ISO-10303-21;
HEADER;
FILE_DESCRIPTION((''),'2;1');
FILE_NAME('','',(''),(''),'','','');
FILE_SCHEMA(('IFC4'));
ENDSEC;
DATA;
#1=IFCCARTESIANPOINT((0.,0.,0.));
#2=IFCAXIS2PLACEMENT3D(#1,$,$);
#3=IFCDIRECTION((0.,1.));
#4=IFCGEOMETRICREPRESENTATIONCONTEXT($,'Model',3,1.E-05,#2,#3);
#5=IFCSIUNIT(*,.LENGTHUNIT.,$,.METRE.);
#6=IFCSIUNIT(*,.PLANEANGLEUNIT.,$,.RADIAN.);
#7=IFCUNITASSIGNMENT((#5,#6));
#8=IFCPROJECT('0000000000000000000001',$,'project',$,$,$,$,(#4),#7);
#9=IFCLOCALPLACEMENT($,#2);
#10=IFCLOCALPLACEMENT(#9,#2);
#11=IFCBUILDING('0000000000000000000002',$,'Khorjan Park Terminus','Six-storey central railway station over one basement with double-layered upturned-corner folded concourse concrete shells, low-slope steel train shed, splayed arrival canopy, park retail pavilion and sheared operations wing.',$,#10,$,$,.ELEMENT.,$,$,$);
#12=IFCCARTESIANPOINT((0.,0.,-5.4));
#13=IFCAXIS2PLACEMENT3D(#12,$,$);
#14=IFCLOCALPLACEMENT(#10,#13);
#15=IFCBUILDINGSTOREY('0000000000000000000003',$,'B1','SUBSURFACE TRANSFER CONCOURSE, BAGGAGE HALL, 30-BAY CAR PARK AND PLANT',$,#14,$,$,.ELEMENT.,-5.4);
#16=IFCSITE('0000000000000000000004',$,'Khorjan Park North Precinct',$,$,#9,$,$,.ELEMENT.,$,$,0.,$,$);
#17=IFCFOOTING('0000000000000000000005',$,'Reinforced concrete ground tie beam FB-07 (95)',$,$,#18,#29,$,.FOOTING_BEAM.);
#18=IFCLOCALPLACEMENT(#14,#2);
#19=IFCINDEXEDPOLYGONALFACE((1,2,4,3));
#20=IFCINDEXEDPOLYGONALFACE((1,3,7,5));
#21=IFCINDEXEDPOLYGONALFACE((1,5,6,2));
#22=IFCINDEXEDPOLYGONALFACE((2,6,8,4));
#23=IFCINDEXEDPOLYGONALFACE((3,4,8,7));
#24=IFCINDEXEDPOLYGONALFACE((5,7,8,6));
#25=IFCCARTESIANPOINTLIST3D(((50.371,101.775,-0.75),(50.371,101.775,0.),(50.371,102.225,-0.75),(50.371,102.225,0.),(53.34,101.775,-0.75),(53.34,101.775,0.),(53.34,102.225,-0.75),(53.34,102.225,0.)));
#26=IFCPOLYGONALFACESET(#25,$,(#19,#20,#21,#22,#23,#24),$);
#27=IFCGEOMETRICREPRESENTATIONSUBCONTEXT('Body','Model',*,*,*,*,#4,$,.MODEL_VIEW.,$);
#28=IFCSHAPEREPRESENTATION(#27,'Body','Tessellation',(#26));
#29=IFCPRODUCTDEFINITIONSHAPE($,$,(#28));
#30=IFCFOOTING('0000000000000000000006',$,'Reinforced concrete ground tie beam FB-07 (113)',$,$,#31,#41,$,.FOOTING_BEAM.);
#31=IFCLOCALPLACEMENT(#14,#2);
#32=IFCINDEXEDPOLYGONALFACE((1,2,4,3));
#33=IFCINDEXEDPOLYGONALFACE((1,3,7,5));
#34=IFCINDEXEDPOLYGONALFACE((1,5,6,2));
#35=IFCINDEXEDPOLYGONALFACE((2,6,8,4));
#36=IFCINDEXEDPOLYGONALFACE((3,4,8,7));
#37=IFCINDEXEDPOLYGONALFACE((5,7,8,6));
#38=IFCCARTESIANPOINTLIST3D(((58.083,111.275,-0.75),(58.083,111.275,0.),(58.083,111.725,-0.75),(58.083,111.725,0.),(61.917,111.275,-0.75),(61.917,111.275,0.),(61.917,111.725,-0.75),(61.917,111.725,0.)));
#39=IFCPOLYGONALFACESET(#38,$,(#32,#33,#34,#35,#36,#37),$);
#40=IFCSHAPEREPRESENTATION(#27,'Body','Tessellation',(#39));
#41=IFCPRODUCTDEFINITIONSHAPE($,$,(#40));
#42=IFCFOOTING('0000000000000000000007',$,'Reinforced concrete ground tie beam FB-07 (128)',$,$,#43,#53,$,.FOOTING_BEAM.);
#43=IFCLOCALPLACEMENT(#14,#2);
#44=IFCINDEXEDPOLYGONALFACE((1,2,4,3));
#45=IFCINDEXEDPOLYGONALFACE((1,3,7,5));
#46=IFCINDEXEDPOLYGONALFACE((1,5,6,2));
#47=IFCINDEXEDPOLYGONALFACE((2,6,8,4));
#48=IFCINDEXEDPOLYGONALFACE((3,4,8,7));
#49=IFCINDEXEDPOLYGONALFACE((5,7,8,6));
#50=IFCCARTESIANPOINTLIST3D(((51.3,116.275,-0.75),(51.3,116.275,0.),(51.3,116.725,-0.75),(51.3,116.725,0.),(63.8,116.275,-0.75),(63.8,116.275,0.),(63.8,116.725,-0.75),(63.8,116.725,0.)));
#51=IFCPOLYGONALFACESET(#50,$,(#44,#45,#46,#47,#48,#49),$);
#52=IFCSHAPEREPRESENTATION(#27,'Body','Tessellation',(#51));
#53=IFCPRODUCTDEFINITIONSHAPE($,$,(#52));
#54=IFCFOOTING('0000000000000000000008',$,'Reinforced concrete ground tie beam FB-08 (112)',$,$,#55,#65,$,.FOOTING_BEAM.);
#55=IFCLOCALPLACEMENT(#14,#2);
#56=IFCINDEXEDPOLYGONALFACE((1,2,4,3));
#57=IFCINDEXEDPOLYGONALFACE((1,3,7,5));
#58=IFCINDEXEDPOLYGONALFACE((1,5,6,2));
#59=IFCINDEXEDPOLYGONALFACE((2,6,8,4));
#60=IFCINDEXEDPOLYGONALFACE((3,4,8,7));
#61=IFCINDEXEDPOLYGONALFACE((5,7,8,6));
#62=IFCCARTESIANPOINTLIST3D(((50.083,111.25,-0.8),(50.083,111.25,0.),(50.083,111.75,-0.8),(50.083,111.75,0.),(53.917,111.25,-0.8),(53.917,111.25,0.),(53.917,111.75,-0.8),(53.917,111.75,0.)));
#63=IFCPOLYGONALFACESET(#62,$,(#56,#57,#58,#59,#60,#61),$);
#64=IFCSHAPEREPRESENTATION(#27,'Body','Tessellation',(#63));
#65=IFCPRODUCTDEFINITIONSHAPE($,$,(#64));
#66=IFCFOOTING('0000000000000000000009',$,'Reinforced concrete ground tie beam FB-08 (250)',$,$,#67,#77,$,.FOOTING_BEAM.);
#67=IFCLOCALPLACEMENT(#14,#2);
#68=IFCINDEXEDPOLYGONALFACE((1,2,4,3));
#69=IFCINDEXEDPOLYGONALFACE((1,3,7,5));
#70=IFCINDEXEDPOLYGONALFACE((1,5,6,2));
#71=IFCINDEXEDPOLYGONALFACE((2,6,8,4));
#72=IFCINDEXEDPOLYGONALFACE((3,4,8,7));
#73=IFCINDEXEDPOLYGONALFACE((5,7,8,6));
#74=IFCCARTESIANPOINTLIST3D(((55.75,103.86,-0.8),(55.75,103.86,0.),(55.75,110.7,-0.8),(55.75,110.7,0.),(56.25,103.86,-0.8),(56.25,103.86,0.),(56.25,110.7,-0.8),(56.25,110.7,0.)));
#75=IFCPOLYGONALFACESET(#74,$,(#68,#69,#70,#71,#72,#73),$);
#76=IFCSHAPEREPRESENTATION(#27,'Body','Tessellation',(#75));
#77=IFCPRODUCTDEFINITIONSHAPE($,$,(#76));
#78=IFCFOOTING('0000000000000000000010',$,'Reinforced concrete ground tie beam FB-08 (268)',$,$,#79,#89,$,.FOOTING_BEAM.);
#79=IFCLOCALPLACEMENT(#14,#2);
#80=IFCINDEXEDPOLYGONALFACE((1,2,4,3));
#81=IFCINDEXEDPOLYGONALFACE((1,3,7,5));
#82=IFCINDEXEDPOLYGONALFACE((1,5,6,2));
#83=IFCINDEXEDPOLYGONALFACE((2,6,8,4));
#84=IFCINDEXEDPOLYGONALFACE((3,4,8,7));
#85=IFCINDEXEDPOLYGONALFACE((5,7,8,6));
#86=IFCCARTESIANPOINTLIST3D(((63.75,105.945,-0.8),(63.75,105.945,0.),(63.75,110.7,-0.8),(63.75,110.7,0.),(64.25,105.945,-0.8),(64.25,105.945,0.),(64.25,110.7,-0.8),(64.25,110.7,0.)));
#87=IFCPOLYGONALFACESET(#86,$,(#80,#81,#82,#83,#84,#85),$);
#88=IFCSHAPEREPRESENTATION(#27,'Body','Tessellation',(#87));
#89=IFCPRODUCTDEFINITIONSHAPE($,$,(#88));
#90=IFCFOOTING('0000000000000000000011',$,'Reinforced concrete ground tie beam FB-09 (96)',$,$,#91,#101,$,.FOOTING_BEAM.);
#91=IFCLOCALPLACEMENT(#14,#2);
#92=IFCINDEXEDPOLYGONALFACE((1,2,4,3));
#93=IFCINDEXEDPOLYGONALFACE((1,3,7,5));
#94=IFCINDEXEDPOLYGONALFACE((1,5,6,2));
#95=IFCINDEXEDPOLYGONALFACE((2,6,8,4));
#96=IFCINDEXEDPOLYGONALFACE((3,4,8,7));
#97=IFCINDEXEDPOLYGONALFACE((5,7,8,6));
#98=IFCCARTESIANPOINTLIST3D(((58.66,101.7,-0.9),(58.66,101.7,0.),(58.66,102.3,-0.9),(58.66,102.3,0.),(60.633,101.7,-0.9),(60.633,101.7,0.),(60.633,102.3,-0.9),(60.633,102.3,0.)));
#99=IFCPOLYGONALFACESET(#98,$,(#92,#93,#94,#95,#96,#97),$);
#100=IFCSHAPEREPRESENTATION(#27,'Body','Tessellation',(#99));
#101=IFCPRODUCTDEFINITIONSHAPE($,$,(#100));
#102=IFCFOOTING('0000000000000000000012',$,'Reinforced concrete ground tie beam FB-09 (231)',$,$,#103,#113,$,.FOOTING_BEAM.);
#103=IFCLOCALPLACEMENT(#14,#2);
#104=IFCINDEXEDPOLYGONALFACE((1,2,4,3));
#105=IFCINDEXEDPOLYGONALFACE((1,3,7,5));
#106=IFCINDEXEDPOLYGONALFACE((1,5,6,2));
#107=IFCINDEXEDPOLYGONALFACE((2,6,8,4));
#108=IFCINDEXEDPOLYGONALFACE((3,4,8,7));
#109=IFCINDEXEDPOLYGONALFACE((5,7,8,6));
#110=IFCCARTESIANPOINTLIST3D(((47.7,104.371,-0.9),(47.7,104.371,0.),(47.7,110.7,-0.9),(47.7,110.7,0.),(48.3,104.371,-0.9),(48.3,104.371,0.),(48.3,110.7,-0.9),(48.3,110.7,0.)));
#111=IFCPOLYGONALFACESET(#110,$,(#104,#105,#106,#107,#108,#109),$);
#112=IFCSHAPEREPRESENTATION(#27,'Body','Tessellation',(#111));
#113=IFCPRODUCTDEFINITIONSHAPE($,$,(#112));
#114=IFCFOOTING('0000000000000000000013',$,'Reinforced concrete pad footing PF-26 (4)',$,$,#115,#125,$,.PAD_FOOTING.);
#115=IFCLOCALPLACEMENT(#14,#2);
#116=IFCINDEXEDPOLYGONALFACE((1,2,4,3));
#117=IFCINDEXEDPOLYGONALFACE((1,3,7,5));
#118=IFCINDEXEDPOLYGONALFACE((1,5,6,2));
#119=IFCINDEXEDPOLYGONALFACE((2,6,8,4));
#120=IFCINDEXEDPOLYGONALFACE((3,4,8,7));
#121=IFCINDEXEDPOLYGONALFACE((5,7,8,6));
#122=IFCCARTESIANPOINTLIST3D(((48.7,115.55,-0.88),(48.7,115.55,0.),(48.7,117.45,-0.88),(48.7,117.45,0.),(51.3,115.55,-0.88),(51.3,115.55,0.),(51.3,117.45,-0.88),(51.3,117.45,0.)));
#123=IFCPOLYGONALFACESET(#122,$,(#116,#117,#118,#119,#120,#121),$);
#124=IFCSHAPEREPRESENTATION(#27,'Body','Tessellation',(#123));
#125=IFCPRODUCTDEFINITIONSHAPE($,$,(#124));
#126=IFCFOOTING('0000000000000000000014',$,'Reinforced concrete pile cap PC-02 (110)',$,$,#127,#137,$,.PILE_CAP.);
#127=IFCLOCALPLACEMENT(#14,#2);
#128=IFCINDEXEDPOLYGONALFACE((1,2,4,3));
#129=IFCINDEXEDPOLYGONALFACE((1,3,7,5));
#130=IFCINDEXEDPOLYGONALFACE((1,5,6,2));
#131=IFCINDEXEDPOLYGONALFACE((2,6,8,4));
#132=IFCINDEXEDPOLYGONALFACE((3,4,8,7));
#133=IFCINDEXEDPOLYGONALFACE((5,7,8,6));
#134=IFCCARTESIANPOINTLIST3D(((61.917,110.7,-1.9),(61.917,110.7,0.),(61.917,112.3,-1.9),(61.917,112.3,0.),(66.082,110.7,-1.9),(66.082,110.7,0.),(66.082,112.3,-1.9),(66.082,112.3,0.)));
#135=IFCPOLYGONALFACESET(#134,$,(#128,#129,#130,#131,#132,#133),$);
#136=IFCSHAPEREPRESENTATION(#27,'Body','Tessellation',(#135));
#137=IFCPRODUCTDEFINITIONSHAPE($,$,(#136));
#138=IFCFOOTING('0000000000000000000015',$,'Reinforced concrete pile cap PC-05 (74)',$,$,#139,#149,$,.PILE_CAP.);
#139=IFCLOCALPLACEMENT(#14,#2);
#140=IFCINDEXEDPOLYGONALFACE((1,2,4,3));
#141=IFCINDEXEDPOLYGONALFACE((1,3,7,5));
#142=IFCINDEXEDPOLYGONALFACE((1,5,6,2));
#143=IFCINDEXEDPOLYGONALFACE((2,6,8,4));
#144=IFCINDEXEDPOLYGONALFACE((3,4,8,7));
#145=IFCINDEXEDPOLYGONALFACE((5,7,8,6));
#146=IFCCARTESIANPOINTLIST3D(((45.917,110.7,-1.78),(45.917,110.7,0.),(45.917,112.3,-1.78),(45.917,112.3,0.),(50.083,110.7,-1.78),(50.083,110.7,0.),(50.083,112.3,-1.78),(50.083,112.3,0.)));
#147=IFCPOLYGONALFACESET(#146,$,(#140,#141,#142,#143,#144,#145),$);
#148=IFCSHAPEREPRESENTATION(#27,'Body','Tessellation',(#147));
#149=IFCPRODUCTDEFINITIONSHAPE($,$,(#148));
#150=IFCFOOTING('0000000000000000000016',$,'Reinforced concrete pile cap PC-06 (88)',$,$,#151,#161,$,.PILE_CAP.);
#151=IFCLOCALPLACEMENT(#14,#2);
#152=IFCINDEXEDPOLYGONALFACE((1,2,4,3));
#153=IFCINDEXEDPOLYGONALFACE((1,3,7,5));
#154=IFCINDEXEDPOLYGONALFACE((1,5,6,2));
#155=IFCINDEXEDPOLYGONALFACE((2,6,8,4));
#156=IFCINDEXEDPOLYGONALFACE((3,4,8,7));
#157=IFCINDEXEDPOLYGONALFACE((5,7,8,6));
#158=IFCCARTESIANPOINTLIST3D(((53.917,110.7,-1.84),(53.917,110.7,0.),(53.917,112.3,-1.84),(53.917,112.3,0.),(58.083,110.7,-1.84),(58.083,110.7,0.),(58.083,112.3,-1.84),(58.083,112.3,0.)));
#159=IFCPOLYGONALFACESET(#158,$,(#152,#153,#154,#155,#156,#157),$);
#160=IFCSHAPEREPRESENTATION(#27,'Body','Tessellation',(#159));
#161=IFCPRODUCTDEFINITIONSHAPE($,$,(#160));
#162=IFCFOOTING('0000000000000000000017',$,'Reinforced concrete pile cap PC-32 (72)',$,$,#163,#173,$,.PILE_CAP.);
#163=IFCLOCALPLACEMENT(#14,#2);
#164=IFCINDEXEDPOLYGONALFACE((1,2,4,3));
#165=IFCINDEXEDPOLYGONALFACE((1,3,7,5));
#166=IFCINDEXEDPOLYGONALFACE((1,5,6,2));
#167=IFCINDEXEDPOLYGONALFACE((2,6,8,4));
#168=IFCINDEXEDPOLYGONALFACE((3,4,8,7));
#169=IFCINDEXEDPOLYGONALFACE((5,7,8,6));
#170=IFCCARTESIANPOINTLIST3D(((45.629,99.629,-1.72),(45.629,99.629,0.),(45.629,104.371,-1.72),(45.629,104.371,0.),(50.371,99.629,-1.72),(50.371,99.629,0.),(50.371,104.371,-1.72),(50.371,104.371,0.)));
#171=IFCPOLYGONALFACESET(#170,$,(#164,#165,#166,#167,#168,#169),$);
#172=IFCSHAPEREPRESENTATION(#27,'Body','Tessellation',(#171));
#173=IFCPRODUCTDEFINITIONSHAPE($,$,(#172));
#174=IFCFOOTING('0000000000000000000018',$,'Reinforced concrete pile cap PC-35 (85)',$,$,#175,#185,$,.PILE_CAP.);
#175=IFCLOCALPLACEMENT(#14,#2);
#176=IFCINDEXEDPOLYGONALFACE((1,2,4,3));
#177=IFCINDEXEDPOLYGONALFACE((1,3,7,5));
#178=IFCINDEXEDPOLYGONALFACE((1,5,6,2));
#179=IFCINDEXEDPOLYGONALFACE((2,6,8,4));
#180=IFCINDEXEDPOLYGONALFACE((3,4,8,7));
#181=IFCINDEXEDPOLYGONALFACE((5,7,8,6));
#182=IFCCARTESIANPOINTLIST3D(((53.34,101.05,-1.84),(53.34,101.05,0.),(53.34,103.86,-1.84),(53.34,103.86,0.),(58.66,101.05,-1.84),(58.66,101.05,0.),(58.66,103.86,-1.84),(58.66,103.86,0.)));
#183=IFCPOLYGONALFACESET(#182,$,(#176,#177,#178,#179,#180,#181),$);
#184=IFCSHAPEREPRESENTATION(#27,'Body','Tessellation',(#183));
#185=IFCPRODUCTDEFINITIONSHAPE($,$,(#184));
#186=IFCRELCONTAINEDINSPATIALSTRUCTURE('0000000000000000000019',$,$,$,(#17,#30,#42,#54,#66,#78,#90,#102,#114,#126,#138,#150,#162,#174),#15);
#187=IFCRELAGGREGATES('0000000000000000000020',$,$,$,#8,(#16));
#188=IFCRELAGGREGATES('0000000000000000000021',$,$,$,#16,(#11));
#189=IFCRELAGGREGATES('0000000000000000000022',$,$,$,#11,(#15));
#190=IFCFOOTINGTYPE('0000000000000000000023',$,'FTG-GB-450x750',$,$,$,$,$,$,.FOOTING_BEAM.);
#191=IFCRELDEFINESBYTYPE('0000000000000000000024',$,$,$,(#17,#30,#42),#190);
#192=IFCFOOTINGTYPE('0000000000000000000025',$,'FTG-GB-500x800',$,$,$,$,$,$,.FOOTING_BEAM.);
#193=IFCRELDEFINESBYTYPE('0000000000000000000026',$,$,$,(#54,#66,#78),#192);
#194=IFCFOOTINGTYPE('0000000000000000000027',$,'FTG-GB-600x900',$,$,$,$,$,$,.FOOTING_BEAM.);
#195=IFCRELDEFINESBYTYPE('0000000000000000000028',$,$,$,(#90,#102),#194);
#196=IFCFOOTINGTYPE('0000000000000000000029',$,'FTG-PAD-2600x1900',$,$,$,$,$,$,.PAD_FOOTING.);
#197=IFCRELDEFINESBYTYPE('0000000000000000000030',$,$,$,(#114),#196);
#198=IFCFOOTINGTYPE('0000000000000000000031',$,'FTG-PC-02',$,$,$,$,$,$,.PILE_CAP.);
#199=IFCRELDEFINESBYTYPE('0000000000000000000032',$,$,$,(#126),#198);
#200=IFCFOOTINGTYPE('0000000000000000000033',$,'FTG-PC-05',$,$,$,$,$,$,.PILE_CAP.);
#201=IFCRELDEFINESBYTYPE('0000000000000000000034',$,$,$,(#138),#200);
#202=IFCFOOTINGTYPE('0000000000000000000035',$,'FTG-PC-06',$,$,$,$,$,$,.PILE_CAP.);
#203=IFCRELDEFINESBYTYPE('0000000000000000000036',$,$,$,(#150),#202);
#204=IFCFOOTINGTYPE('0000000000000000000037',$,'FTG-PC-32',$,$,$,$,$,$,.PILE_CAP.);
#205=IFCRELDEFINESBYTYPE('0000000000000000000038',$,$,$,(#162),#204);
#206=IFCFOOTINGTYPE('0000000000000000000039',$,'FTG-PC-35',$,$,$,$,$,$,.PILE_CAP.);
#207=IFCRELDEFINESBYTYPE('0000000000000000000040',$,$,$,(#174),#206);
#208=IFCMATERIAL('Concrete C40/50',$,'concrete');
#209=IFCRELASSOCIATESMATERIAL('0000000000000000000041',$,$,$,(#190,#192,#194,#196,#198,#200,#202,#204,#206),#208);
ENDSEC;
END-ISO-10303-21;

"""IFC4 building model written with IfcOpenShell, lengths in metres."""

from ifc_helpers import new_model, si_unit, direction, frame, origin, origin_2d, place, context, subcontext, project, spatial, rectangle, extrude, material, material_profile, profile_set, type_object, element, save


model = new_model("IFC4")

# Units and contexts
model_context = context("Model", 3, precision=1e-05, world=origin(), true_north=direction((0.0, 1.0)))
body_context = subcontext(model_context, "Body", "Model", "MODEL_VIEW")
ifc_project = project(units=[si_unit("LENGTHUNIT", "METRE"), si_unit("PLANEANGLEUNIT", "RADIAN")], contexts=[model_context])

# Site, building, storey
site_placement = place(None, origin())
site = spatial("IfcSite", under=ifc_project, at=site_placement, Name="Khorjan Park North Precinct", CompositionType="ELEMENT", RefElevation=0.0)
building_placement = place(site_placement, origin())
building = spatial("IfcBuilding", under=site, at=building_placement, Name="Khorjan Park Terminus", Description="Six-storey central railway station over one basement with double-layered upturned-corner folded concourse concrete shells, low-slope steel train shed, splayed arrival canopy, park retail pavilion and sheared operations wing.", CompositionType="ELEMENT")
storey_placement = place(building_placement, frame((0.0, 0.0, -5.4)))
storey = spatial("IfcBuildingStorey", under=building, at=storey_placement, Name="B1", Description="SUBSURFACE TRANSFER CONCOURSE, BAGGAGE HALL, 30-BAY CAR PARK AND PLANT", CompositionType="ELEMENT", Elevation=-5.4)

# Footings
ifc_material_1 = material(Name="Concrete C40/50", Category="concrete")
ifc_material_profile_1 = material_profile(ifc_material_1, rectangle(XDim=0.45, YDim=0.75, at=origin_2d()), Name="RC 450x750")
ifc_profile_set_1 = profile_set([ifc_material_profile_1], Name="Concrete C40/50")
footing_type_1 = type_object("IfcFootingType", Name="FTG-GB-450x750", PredefinedType="FOOTING_BEAM", material=ifc_profile_set_1)
footing_1_placement = place(storey_placement, frame((50.371, 102.0, -0.375), z_axis=(1.0, 0.0, 0.0), x_axis=(0.0, 1.0, 0.0)))
element("IfcFooting", 1, at=footing_1_placement, inside=storey, type_object=footing_type_1, Name="Reinforced concrete ground tie beam FB-07 (95)", PredefinedType="FOOTING_BEAM", context=body_context, shape_type="SweptSolid", body=[
    extrude(rectangle(XDim=0.45, YDim=0.75, at=origin_2d()), origin(), (0.0, 0.0, 1.0), 2.969),
])
footing_2_placement = place(storey_placement, frame((58.083, 111.5, -0.375), z_axis=(1.0, 0.0, 0.0), x_axis=(0.0, 1.0, 0.0)))
element("IfcFooting", 2, at=footing_2_placement, inside=storey, type_object=footing_type_1, Name="Reinforced concrete ground tie beam FB-07 (113)", PredefinedType="FOOTING_BEAM", context=body_context, shape_type="SweptSolid", body=[
    extrude(rectangle(XDim=0.45, YDim=0.75, at=origin_2d()), origin(), (0.0, 0.0, 1.0), 3.834),
])
footing_3_placement = place(storey_placement, frame((51.3, 116.5, -0.375), z_axis=(1.0, 0.0, 0.0), x_axis=(0.0, 1.0, 0.0)))
element("IfcFooting", 3, at=footing_3_placement, inside=storey, type_object=footing_type_1, Name="Reinforced concrete ground tie beam FB-07 (128)", PredefinedType="FOOTING_BEAM", context=body_context, shape_type="SweptSolid", body=[
    extrude(rectangle(XDim=0.45, YDim=0.75, at=origin_2d()), origin(), (0.0, 0.0, 1.0), 12.5),
])
ifc_material_profile_2 = material_profile(ifc_material_1, rectangle(XDim=0.5, YDim=0.8, at=origin_2d()), Name="RC 500x800")
ifc_profile_set_2 = profile_set([ifc_material_profile_2], Name="Concrete C40/50")
footing_type_2 = type_object("IfcFootingType", Name="FTG-GB-500x800", PredefinedType="FOOTING_BEAM", material=ifc_profile_set_2)
footing_4_placement = place(storey_placement, frame((50.083, 111.5, -0.4), z_axis=(1.0, 0.0, 0.0), x_axis=(0.0, 1.0, 0.0)))
element("IfcFooting", 4, at=footing_4_placement, inside=storey, type_object=footing_type_2, Name="Reinforced concrete ground tie beam FB-08 (112)", PredefinedType="FOOTING_BEAM", context=body_context, shape_type="SweptSolid", body=[
    extrude(rectangle(XDim=0.5, YDim=0.8, at=origin_2d()), origin(), (0.0, 0.0, 1.0), 3.834),
])
footing_5_placement = place(storey_placement, frame((56.0, 103.86, -0.4), z_axis=(0.0, 1.0, 0.0), x_axis=(-1.0, 0.0, 0.0)))
element("IfcFooting", 5, at=footing_5_placement, inside=storey, type_object=footing_type_2, Name="Reinforced concrete ground tie beam FB-08 (250)", PredefinedType="FOOTING_BEAM", context=body_context, shape_type="SweptSolid", body=[
    extrude(rectangle(XDim=0.5, YDim=0.8, at=origin_2d()), origin(), (0.0, 0.0, 1.0), 6.84),
])
footing_6_placement = place(storey_placement, frame((64.0, 105.945, -0.4), z_axis=(0.0, 1.0, 0.0), x_axis=(-1.0, 0.0, 0.0)))
element("IfcFooting", 6, at=footing_6_placement, inside=storey, type_object=footing_type_2, Name="Reinforced concrete ground tie beam FB-08 (268)", PredefinedType="FOOTING_BEAM", context=body_context, shape_type="SweptSolid", body=[
    extrude(rectangle(XDim=0.5, YDim=0.8, at=origin_2d()), origin(), (0.0, 0.0, 1.0), 4.755),
])
ifc_material_profile_3 = material_profile(ifc_material_1, rectangle(XDim=0.6, YDim=0.9, at=origin_2d()), Name="RC 600x900")
ifc_profile_set_3 = profile_set([ifc_material_profile_3], Name="Concrete C40/50")
footing_type_3 = type_object("IfcFootingType", Name="FTG-GB-600x900", PredefinedType="FOOTING_BEAM", material=ifc_profile_set_3)
footing_7_placement = place(storey_placement, frame((58.66, 102.0, -0.45), z_axis=(1.0, 0.0, 0.0), x_axis=(0.0, 1.0, 0.0)))
element("IfcFooting", 7, at=footing_7_placement, inside=storey, type_object=footing_type_3, Name="Reinforced concrete ground tie beam FB-09 (96)", PredefinedType="FOOTING_BEAM", context=body_context, shape_type="SweptSolid", body=[
    extrude(rectangle(XDim=0.6, YDim=0.9, at=origin_2d()), origin(), (0.0, 0.0, 1.0), 1.973),
])
footing_8_placement = place(storey_placement, frame((48.0, 104.371, -0.45), z_axis=(0.0, 1.0, 0.0), x_axis=(-1.0, 0.0, 0.0)))
element("IfcFooting", 8, at=footing_8_placement, inside=storey, type_object=footing_type_3, Name="Reinforced concrete ground tie beam FB-09 (231)", PredefinedType="FOOTING_BEAM", context=body_context, shape_type="SweptSolid", body=[
    extrude(rectangle(XDim=0.6, YDim=0.9, at=origin_2d()), origin(), (0.0, 0.0, 1.0), 6.329),
])
footing_type_4 = type_object("IfcFootingType", Name="FTG-PAD-2600x1900", PredefinedType="PAD_FOOTING", material=ifc_material_1)
footing_9_placement = place(storey_placement, frame((50.0, 116.5, -0.88), z_axis=(0.0, 0.0, 1.0), x_axis=(1.0, 0.0, 0.0)))
element("IfcFooting", 9, at=footing_9_placement, inside=storey, type_object=footing_type_4, Name="Reinforced concrete pad footing PF-26 (4)", PredefinedType="PAD_FOOTING", context=body_context, shape_type="SweptSolid", body=[
    extrude(rectangle(XDim=2.6, YDim=1.9, at=origin_2d()), origin(), (0.0, 0.0, 1.0), 0.88),
])
footing_type_5 = type_object("IfcFootingType", Name="FTG-PC-02", PredefinedType="PILE_CAP", material=ifc_material_1)
footing_10_placement = place(storey_placement, frame((63.9995, 111.5, -1.9), z_axis=(0.0, 0.0, 1.0), x_axis=(1.0, 0.0, 0.0)))
element("IfcFooting", 10, at=footing_10_placement, inside=storey, type_object=footing_type_5, Name="Reinforced concrete pile cap PC-02 (110)", PredefinedType="PILE_CAP", context=body_context, shape_type="SweptSolid", body=[
    extrude(rectangle(XDim=4.165, YDim=1.6, at=origin_2d()), origin(), (0.0, 0.0, 1.0), 1.9),
])
footing_type_6 = type_object("IfcFootingType", Name="FTG-PC-05", PredefinedType="PILE_CAP", material=ifc_material_1)
footing_11_placement = place(storey_placement, frame((48.0, 111.5, -1.78), z_axis=(0.0, 0.0, 1.0), x_axis=(1.0, 0.0, 0.0)))
element("IfcFooting", 11, at=footing_11_placement, inside=storey, type_object=footing_type_6, Name="Reinforced concrete pile cap PC-05 (74)", PredefinedType="PILE_CAP", context=body_context, shape_type="SweptSolid", body=[
    extrude(rectangle(XDim=4.166, YDim=1.6, at=origin_2d()), origin(), (0.0, 0.0, 1.0), 1.78),
])
footing_type_7 = type_object("IfcFootingType", Name="FTG-PC-06", PredefinedType="PILE_CAP", material=ifc_material_1)
footing_12_placement = place(storey_placement, frame((56.0, 111.5, -1.84), z_axis=(0.0, 0.0, 1.0), x_axis=(1.0, 0.0, 0.0)))
element("IfcFooting", 12, at=footing_12_placement, inside=storey, type_object=footing_type_7, Name="Reinforced concrete pile cap PC-06 (88)", PredefinedType="PILE_CAP", context=body_context, shape_type="SweptSolid", body=[
    extrude(rectangle(XDim=4.166, YDim=1.6, at=origin_2d()), origin(), (0.0, 0.0, 1.0), 1.84),
])
footing_type_8 = type_object("IfcFootingType", Name="FTG-PC-32", PredefinedType="PILE_CAP", material=ifc_material_1)
footing_13_placement = place(storey_placement, frame((48.0, 102.0, -1.72), z_axis=(0.0, 0.0, 1.0), x_axis=(1.0, 0.0, 0.0)))
element("IfcFooting", 13, at=footing_13_placement, inside=storey, type_object=footing_type_8, Name="Reinforced concrete pile cap PC-32 (72)", PredefinedType="PILE_CAP", context=body_context, shape_type="SweptSolid", body=[
    extrude(rectangle(XDim=4.742, YDim=4.742, at=origin_2d()), origin(), (0.0, 0.0, 1.0), 1.72),
])
footing_type_9 = type_object("IfcFootingType", Name="FTG-PC-35", PredefinedType="PILE_CAP", material=ifc_material_1)
footing_14_placement = place(storey_placement, frame((56.0, 102.455, -1.84), z_axis=(0.0, 0.0, 1.0), x_axis=(1.0, 0.0, 0.0)))
element("IfcFooting", 14, at=footing_14_placement, inside=storey, type_object=footing_type_9, Name="Reinforced concrete pile cap PC-35 (85)", PredefinedType="PILE_CAP", context=body_context, shape_type="SweptSolid", body=[
    extrude(rectangle(XDim=5.32, YDim=2.81, at=origin_2d()), origin(), (0.0, 0.0, 1.0), 1.84),
])

save(model, "model.ifc")
